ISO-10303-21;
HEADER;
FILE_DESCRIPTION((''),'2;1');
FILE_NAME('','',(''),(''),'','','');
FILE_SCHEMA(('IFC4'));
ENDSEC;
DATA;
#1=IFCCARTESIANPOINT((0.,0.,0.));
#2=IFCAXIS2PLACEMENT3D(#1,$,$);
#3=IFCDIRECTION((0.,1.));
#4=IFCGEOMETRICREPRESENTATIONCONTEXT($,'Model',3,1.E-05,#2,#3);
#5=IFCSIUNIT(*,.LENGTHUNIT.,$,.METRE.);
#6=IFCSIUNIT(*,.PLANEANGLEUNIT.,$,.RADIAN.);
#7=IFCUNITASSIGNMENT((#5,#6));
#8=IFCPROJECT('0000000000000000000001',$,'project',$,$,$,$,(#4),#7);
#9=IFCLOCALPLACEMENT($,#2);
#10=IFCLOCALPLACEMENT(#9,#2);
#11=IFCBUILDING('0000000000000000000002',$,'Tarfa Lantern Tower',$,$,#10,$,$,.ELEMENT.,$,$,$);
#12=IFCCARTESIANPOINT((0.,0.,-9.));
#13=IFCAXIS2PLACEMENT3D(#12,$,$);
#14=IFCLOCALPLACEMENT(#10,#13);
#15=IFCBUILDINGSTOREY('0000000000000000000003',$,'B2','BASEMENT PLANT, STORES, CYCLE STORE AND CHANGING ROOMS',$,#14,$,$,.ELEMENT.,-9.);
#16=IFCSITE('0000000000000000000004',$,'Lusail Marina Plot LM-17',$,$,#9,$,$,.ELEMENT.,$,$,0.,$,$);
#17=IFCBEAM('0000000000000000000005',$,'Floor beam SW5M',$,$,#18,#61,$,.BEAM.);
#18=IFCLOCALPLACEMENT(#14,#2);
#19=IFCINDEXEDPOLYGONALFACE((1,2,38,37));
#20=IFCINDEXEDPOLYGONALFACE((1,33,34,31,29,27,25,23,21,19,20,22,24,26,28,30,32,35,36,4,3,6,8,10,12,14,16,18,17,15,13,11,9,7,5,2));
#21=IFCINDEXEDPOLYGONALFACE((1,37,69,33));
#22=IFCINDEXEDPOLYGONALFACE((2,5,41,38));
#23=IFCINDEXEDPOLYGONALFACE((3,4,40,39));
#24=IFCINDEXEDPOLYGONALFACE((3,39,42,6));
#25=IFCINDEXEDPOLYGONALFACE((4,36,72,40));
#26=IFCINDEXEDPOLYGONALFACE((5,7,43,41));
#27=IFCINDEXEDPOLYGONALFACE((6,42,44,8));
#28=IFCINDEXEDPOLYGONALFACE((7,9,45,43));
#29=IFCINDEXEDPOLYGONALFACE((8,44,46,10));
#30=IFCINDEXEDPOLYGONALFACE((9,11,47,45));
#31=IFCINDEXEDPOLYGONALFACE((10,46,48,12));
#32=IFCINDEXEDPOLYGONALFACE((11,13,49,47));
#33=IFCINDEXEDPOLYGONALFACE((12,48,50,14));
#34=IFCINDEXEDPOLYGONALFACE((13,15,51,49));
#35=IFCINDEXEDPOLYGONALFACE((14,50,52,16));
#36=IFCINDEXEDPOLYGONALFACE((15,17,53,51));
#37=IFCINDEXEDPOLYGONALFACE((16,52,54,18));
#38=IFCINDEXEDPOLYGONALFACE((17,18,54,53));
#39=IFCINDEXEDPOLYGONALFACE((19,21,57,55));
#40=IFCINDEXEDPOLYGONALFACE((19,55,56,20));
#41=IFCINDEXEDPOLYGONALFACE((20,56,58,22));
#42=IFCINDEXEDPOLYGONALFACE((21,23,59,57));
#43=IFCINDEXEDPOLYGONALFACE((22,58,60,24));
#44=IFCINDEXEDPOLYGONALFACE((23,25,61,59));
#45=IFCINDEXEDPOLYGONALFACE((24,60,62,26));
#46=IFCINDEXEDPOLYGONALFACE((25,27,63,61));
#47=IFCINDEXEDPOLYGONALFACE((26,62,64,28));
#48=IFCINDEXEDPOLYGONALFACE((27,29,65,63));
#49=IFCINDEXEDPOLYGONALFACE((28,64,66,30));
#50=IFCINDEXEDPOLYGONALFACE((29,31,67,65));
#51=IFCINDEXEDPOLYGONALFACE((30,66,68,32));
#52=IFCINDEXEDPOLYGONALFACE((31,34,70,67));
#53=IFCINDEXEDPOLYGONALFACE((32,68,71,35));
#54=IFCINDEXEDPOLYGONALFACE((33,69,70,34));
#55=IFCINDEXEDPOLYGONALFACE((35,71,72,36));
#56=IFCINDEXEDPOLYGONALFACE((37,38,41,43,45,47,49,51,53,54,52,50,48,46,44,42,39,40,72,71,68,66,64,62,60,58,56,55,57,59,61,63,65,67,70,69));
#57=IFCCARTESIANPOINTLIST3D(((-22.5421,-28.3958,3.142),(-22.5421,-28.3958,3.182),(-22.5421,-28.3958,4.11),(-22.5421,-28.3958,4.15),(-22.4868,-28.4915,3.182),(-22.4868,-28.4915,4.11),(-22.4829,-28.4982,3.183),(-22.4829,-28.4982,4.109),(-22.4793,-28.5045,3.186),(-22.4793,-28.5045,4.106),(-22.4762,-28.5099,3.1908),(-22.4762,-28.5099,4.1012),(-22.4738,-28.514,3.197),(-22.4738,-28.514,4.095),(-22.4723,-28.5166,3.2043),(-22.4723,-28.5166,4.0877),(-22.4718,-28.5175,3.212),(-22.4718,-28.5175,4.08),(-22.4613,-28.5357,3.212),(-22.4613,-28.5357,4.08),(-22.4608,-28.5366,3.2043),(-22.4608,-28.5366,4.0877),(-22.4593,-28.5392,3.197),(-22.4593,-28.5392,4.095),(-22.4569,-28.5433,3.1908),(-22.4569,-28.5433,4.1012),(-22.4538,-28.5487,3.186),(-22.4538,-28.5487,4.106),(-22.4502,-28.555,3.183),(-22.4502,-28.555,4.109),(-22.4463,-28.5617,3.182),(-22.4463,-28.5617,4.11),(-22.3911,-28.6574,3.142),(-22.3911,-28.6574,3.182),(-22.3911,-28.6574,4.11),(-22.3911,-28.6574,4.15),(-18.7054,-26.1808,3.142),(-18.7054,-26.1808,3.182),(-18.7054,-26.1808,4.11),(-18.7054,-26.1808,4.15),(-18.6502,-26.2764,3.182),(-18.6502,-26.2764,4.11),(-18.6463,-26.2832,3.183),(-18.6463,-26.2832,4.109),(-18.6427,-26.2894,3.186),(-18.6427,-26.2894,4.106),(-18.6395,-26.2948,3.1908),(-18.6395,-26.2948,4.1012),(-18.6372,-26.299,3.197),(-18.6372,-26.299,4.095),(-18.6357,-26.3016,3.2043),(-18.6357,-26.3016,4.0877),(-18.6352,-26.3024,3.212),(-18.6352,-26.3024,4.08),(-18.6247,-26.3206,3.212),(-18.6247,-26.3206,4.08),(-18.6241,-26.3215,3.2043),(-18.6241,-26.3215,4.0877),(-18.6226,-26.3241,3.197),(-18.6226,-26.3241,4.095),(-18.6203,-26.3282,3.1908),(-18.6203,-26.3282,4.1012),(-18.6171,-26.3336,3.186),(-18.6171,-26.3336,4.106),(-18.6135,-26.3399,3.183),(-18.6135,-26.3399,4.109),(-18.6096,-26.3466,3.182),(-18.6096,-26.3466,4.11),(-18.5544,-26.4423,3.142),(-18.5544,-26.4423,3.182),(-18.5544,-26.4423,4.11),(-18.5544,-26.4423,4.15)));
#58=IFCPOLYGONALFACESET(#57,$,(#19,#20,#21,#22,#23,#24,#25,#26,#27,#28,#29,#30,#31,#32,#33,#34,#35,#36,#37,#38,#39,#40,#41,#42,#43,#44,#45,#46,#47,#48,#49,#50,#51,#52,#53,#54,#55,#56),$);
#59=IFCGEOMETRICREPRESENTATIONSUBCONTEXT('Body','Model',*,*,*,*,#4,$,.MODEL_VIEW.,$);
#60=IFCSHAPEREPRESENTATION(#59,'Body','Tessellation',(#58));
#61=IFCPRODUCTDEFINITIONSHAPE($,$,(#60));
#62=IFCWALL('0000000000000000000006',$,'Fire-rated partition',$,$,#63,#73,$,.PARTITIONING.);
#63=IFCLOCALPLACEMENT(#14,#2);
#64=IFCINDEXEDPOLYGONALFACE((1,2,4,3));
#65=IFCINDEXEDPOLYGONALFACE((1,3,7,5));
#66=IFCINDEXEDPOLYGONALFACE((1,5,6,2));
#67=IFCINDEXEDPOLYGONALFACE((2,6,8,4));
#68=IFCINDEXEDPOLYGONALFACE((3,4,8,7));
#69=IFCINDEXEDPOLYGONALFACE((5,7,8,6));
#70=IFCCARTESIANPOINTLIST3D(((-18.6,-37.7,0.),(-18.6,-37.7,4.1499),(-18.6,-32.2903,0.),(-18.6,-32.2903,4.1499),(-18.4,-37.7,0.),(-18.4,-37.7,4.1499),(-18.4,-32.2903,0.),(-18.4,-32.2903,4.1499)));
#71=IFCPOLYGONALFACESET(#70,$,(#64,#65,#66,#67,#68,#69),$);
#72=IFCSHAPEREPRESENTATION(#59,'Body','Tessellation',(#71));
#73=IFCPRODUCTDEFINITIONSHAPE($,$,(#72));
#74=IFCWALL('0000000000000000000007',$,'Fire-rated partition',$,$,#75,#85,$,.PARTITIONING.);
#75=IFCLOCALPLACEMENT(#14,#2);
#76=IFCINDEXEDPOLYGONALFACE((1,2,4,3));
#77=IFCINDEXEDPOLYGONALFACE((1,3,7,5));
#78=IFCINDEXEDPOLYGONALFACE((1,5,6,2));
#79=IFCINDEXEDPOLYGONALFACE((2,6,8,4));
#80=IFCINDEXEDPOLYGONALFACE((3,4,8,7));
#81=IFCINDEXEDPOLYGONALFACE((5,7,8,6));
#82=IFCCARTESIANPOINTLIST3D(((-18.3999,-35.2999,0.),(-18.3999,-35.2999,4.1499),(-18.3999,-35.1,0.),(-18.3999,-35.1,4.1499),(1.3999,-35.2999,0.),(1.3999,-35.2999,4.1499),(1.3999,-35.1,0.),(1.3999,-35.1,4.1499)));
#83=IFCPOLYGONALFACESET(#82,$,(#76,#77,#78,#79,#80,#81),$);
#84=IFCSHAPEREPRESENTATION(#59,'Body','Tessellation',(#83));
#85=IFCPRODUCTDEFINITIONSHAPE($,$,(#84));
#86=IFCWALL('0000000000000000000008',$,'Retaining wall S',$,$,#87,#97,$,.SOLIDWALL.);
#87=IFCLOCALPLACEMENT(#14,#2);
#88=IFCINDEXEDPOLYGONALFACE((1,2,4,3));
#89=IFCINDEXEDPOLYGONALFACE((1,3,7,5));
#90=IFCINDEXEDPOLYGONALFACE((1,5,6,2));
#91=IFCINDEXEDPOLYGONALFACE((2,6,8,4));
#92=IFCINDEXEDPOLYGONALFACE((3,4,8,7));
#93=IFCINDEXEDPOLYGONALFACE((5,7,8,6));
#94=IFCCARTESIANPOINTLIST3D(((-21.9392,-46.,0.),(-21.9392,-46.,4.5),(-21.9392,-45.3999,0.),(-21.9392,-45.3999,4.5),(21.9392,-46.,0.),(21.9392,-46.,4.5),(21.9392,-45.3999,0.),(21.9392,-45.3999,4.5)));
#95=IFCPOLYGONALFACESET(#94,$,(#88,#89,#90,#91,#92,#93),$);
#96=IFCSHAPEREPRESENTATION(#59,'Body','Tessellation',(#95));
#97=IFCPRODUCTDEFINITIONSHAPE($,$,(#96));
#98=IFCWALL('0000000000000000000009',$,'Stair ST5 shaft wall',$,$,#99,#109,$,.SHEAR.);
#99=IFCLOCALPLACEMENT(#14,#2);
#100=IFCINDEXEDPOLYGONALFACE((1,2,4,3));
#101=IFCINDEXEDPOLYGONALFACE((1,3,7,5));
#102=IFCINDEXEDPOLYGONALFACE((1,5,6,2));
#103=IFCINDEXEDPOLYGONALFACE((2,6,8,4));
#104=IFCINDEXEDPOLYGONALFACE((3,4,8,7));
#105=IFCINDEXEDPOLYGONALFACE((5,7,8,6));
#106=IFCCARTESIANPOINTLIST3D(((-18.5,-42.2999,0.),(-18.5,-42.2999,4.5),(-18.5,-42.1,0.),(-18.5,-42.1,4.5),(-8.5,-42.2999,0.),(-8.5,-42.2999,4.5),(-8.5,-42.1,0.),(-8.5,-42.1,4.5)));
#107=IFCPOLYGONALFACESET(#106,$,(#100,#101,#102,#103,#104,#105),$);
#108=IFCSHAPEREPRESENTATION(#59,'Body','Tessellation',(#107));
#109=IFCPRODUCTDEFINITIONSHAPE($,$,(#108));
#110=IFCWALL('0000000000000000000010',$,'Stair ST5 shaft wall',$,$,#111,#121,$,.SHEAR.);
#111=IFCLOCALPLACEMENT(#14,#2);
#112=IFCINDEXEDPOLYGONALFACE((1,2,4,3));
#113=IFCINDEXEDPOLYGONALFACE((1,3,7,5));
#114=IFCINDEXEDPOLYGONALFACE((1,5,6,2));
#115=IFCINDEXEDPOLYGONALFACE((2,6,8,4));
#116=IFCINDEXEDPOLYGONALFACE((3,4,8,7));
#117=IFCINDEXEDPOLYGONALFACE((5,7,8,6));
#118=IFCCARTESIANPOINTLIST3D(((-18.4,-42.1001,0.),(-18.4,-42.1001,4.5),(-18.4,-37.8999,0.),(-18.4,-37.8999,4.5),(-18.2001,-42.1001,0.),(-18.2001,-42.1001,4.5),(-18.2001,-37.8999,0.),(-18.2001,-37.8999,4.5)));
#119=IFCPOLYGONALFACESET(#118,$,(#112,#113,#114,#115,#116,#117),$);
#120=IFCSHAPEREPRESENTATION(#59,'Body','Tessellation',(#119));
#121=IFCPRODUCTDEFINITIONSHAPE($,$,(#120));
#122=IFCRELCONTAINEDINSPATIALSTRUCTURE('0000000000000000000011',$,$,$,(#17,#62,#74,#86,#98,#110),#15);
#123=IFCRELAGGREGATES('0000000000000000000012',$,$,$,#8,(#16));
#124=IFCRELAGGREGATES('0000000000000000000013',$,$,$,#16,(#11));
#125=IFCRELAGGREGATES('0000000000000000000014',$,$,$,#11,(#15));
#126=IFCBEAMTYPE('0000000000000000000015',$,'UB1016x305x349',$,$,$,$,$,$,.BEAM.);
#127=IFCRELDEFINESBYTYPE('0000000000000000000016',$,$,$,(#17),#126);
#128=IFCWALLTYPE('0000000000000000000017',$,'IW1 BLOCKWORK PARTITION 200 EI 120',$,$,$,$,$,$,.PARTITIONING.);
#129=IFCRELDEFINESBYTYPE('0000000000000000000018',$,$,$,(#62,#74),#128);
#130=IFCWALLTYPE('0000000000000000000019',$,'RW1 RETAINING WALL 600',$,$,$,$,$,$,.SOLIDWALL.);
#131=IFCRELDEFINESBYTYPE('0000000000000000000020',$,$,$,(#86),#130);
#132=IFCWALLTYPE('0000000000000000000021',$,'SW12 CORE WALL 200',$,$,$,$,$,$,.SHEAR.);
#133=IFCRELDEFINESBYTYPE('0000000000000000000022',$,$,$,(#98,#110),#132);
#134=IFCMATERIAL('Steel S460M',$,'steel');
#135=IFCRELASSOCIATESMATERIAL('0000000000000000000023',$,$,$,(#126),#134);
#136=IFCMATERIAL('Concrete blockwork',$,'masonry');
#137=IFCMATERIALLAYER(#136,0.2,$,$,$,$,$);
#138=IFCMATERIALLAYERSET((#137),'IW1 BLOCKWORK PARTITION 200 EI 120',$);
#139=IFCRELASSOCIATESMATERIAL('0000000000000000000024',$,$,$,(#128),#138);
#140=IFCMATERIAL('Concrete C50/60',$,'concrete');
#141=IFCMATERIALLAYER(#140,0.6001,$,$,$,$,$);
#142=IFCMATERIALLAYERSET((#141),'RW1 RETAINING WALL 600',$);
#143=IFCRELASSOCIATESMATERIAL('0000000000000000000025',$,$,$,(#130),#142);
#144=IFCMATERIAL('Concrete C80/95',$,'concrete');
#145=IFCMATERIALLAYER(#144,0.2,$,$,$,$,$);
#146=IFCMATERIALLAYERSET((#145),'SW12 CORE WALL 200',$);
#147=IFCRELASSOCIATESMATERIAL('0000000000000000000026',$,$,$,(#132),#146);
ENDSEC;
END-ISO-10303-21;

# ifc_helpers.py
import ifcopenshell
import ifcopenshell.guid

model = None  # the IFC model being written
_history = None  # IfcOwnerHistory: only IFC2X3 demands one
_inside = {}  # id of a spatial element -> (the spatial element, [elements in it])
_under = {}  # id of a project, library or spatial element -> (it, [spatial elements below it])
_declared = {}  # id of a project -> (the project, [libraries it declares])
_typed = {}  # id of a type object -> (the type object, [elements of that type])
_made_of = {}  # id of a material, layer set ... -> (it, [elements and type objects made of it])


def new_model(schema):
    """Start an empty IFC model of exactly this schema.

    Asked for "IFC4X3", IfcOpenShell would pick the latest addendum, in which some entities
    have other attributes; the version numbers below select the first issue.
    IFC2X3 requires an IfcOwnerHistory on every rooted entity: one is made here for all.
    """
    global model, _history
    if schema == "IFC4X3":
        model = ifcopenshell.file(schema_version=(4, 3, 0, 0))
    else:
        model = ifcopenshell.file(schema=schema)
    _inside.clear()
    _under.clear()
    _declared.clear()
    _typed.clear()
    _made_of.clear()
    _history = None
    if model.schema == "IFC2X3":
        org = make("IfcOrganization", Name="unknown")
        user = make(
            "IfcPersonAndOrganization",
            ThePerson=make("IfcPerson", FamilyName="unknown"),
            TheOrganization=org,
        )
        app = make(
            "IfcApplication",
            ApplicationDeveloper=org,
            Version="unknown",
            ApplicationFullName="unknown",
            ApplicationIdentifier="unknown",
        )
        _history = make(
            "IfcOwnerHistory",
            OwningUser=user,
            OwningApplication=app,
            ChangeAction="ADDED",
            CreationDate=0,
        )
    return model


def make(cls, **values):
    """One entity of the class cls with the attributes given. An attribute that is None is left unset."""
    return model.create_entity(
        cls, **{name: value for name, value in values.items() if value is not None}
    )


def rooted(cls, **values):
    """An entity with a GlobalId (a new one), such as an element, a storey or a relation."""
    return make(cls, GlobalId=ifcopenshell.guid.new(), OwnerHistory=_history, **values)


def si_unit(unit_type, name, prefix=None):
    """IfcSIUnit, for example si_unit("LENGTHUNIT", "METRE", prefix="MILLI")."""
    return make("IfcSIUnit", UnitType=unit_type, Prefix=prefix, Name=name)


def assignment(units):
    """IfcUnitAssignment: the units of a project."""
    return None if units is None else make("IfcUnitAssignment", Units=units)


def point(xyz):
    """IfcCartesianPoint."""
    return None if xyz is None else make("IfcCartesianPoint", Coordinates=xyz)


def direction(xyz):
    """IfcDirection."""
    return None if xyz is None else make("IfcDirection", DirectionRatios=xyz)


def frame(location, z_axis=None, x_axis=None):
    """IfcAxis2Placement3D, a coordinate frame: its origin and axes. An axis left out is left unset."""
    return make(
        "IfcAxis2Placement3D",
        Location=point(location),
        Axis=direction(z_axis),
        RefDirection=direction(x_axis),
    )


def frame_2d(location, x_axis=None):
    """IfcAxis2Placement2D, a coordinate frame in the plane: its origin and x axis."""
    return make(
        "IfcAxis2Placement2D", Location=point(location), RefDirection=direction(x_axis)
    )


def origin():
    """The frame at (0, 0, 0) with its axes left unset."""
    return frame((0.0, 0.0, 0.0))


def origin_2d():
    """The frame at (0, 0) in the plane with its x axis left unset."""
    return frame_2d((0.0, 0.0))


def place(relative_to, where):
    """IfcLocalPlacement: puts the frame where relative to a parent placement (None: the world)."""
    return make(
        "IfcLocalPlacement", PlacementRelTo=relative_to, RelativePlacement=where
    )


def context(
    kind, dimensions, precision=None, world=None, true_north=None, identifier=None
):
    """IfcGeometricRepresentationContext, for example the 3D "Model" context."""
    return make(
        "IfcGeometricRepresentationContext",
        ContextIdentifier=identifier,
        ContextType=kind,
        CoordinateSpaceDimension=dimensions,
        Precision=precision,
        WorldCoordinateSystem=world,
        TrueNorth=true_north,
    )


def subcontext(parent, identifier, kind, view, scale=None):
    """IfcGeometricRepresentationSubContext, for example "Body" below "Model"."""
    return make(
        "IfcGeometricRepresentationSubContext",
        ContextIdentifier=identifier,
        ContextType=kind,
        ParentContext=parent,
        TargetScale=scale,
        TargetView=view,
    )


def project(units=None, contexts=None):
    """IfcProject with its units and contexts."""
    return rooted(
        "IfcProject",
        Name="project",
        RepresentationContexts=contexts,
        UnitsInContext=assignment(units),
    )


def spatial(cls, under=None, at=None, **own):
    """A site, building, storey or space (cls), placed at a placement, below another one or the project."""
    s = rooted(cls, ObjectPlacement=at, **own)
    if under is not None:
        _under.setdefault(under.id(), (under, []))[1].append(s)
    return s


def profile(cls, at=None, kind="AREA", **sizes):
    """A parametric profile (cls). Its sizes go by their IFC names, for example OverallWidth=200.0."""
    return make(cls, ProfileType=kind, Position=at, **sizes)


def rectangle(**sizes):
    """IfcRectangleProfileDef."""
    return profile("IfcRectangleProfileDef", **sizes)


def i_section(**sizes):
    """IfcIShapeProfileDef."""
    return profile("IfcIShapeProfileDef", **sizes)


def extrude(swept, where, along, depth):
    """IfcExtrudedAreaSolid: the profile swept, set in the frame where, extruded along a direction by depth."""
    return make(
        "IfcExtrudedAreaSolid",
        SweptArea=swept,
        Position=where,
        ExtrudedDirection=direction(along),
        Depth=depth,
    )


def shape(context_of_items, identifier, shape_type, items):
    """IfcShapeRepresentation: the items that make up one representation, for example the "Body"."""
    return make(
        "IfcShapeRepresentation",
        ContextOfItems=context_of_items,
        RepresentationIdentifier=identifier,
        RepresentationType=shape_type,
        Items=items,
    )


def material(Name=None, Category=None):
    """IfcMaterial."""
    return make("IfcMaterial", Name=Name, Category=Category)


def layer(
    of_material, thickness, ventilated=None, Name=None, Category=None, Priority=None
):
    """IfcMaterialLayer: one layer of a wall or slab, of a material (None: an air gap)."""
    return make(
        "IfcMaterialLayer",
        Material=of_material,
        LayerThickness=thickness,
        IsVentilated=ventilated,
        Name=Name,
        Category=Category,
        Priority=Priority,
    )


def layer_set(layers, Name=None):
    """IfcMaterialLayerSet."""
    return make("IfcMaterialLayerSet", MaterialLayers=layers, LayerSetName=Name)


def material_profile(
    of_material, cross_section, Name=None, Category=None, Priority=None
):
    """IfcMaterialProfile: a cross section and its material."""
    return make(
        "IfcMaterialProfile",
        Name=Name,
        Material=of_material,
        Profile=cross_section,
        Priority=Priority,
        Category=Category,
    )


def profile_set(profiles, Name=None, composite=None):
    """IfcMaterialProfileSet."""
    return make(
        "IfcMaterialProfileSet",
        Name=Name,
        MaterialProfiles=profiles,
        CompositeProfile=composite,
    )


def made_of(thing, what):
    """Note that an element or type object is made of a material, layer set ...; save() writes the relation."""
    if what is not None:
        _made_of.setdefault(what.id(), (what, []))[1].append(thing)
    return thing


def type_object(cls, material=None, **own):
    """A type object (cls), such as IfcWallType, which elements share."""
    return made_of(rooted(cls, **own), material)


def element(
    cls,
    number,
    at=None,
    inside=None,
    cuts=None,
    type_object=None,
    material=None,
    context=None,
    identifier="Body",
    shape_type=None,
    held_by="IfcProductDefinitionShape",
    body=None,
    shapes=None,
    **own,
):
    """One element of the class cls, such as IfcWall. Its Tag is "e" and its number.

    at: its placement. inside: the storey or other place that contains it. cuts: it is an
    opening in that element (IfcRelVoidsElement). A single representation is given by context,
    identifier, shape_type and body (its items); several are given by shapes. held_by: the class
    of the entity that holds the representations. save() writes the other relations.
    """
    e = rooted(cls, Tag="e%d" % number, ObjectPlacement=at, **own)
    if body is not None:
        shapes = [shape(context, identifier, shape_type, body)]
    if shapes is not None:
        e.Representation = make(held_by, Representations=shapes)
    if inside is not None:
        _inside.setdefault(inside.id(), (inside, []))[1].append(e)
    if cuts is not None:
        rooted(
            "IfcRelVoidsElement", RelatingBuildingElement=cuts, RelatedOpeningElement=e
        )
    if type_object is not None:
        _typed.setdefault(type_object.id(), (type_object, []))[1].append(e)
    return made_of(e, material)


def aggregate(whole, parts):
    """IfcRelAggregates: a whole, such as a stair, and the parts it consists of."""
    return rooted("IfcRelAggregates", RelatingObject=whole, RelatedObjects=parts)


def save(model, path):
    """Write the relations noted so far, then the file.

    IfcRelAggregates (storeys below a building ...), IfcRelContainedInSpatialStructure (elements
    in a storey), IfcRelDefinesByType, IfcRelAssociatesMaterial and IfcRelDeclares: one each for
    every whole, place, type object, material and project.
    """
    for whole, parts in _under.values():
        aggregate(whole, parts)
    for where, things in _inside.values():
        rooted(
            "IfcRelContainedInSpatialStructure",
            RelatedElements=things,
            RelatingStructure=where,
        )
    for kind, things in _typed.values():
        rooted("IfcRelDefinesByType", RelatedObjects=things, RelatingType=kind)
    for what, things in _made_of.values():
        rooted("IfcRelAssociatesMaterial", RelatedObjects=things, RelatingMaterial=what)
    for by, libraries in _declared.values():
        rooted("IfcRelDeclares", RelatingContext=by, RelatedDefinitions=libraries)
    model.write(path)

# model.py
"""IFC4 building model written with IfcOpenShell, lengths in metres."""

from ifc_helpers import new_model, si_unit, direction, frame, frame_2d, origin, origin_2d, place, context, subcontext, project, spatial, rectangle, i_section, extrude, material, layer, layer_set, material_profile, profile_set, type_object, element, save


model = new_model("IFC4")

# Units and contexts
model_context = context("Model", 3, precision=1e-05, world=origin(), true_north=direction((0.0, 1.0)))
body_context = subcontext(model_context, "Body", "Model", "MODEL_VIEW")
ifc_project = project(units=[si_unit("LENGTHUNIT", "METRE"), si_unit("PLANEANGLEUNIT", "RADIAN")], contexts=[model_context])

# Site, building, storey
site_placement = place(None, origin())
site = spatial("IfcSite", under=ifc_project, at=site_placement, Name="Lusail Marina Plot LM-17", CompositionType="ELEMENT", RefElevation=0.0)
building_placement = place(site_placement, origin())
building = spatial("IfcBuilding", under=site, at=building_placement, Name="Tarfa Lantern Tower", CompositionType="ELEMENT")
storey_placement = place(building_placement, frame((0.0, 0.0, -9.0)))
storey = spatial("IfcBuildingStorey", under=building, at=storey_placement, Name="B2", Description="BASEMENT PLANT, STORES, CYCLE STORE AND CHANGING ROOMS", CompositionType="ELEMENT", Elevation=-9.0)

# Shared definitions
ifc_material_1 = material(Name="Concrete C80/95", Category="concrete")

# Beam
ifc_material_2 = material(Name="Steel S460M", Category="steel")
ifc_material_profile_1 = material_profile(ifc_material_2, i_section(OverallWidth=0.302, OverallDepth=1.0081, WebThickness=0.021, FlangeThickness=0.04, FilletRadius=0.03, at=origin_2d()), Name="UB1016x305x349")
ifc_profile_set_1 = profile_set([ifc_material_profile_1], Name="Steel S460M")
beam_type_1 = type_object("IfcBeamType", Name="UB1016x305x349", PredefinedType="BEAM", material=ifc_profile_set_1)
beam_1_placement = place(storey_placement, frame((-22.4666, -28.5266, 3.646), z_axis=(0.866027, 0.499998, 0.0), x_axis=(-0.499998, 0.866027, 0.0)))
element("IfcBeam", 1, at=beam_1_placement, inside=storey, type_object=beam_type_1, Name="Floor beam SW5M", PredefinedType="BEAM", context=body_context, shape_type="SweptSolid", body=[
    extrude(i_section(OverallWidth=0.302, OverallDepth=1.0081, WebThickness=0.021, FlangeThickness=0.04, FilletRadius=0.03, at=origin_2d()), origin(), (0.0, 0.0, 1.0), 4.4302),
])

# Walls
ifc_material_3 = material(Name="Concrete blockwork", Category="masonry")
ifc_layer_1 = layer(ifc_material_3, 0.2)
ifc_layer_set_1 = layer_set([ifc_layer_1], Name="IW1 BLOCKWORK PARTITION 200 EI 120")
wall_type_1 = type_object("IfcWallType", Name="IW1 BLOCKWORK PARTITION 200 EI 120", PredefinedType="PARTITIONING", material=ifc_layer_set_1)
wall_1_placement = place(storey_placement, frame((-18.5, -32.2903, 0.0), z_axis=(0.0, 0.0, 1.0), x_axis=(0.0, -1.0, 0.0)))
element("IfcWall", 2, at=wall_1_placement, inside=storey, type_object=wall_type_1, Name="Fire-rated partition", PredefinedType="PARTITIONING", context=body_context, shape_type="SweptSolid", body=[
    extrude(rectangle(XDim=5.4097, YDim=0.2, at=frame_2d((2.7048, 0.0))), origin(), (0.0, 0.0, 1.0), 4.1499),
])
wall_2_placement = place(storey_placement, frame((-18.3999, -35.2, 0.0), z_axis=(0.0, 0.0, 1.0), x_axis=(1.0, 0.0, 0.0)))
element("IfcWall", 3, at=wall_2_placement, inside=storey, type_object=wall_type_1, Name="Fire-rated partition", PredefinedType="PARTITIONING", context=body_context, shape_type="SweptSolid", body=[
    extrude(rectangle(XDim=19.7998, YDim=0.2, at=frame_2d((9.8999, 0.0))), origin(), (0.0, 0.0, 1.0), 4.1499),
])
ifc_material_4 = material(Name="Concrete C50/60", Category="concrete")
ifc_layer_2 = layer(ifc_material_4, 0.6001)
ifc_layer_set_2 = layer_set([ifc_layer_2], Name="RW1 RETAINING WALL 600")
wall_type_2 = type_object("IfcWallType", Name="RW1 RETAINING WALL 600", PredefinedType="SOLIDWALL", material=ifc_layer_set_2)
wall_3_placement = place(storey_placement, frame((-21.9392, -45.7, 0.0), z_axis=(0.0, 0.0, 1.0), x_axis=(1.0, 0.0, 0.0)))
element("IfcWall", 4, at=wall_3_placement, inside=storey, type_object=wall_type_2, Name="Retaining wall S", PredefinedType="SOLIDWALL", context=body_context, shape_type="SweptSolid", body=[
    extrude(rectangle(XDim=43.8784, YDim=0.6001, at=frame_2d((21.9392, 0.0))), origin(), (0.0, 0.0, 1.0), 4.5),
])
ifc_layer_3 = layer(ifc_material_1, 0.2)
ifc_layer_set_3 = layer_set([ifc_layer_3], Name="SW12 CORE WALL 200")
wall_type_3 = type_object("IfcWallType", Name="SW12 CORE WALL 200", PredefinedType="SHEAR", material=ifc_layer_set_3)
wall_4_placement = place(storey_placement, frame((-18.5, -42.2, 0.0), z_axis=(0.0, 0.0, 1.0), x_axis=(1.0, 0.0, 0.0)))
element("IfcWall", 5, at=wall_4_placement, inside=storey, type_object=wall_type_3, Name="Stair ST5 shaft wall", PredefinedType="SHEAR", context=body_context, shape_type="SweptSolid", body=[
    extrude(rectangle(XDim=10.0, YDim=0.2, at=frame_2d((5.0, 0.0))), origin(), (0.0, 0.0, 1.0), 4.5),
])
wall_5_placement = place(storey_placement, frame((-18.3, -37.8999, 0.0), z_axis=(0.0, 0.0, 1.0), x_axis=(0.0, -1.0, 0.0)))
element("IfcWall", 6, at=wall_5_placement, inside=storey, type_object=wall_type_3, Name="Stair ST5 shaft wall", PredefinedType="SHEAR", context=body_context, shape_type="SweptSolid", body=[
    extrude(rectangle(XDim=4.2002, YDim=0.2, at=frame_2d((2.1001, 0.0))), origin(), (0.0, 0.0, 1.0), 4.5),
])

save(model, "model.ifc")
